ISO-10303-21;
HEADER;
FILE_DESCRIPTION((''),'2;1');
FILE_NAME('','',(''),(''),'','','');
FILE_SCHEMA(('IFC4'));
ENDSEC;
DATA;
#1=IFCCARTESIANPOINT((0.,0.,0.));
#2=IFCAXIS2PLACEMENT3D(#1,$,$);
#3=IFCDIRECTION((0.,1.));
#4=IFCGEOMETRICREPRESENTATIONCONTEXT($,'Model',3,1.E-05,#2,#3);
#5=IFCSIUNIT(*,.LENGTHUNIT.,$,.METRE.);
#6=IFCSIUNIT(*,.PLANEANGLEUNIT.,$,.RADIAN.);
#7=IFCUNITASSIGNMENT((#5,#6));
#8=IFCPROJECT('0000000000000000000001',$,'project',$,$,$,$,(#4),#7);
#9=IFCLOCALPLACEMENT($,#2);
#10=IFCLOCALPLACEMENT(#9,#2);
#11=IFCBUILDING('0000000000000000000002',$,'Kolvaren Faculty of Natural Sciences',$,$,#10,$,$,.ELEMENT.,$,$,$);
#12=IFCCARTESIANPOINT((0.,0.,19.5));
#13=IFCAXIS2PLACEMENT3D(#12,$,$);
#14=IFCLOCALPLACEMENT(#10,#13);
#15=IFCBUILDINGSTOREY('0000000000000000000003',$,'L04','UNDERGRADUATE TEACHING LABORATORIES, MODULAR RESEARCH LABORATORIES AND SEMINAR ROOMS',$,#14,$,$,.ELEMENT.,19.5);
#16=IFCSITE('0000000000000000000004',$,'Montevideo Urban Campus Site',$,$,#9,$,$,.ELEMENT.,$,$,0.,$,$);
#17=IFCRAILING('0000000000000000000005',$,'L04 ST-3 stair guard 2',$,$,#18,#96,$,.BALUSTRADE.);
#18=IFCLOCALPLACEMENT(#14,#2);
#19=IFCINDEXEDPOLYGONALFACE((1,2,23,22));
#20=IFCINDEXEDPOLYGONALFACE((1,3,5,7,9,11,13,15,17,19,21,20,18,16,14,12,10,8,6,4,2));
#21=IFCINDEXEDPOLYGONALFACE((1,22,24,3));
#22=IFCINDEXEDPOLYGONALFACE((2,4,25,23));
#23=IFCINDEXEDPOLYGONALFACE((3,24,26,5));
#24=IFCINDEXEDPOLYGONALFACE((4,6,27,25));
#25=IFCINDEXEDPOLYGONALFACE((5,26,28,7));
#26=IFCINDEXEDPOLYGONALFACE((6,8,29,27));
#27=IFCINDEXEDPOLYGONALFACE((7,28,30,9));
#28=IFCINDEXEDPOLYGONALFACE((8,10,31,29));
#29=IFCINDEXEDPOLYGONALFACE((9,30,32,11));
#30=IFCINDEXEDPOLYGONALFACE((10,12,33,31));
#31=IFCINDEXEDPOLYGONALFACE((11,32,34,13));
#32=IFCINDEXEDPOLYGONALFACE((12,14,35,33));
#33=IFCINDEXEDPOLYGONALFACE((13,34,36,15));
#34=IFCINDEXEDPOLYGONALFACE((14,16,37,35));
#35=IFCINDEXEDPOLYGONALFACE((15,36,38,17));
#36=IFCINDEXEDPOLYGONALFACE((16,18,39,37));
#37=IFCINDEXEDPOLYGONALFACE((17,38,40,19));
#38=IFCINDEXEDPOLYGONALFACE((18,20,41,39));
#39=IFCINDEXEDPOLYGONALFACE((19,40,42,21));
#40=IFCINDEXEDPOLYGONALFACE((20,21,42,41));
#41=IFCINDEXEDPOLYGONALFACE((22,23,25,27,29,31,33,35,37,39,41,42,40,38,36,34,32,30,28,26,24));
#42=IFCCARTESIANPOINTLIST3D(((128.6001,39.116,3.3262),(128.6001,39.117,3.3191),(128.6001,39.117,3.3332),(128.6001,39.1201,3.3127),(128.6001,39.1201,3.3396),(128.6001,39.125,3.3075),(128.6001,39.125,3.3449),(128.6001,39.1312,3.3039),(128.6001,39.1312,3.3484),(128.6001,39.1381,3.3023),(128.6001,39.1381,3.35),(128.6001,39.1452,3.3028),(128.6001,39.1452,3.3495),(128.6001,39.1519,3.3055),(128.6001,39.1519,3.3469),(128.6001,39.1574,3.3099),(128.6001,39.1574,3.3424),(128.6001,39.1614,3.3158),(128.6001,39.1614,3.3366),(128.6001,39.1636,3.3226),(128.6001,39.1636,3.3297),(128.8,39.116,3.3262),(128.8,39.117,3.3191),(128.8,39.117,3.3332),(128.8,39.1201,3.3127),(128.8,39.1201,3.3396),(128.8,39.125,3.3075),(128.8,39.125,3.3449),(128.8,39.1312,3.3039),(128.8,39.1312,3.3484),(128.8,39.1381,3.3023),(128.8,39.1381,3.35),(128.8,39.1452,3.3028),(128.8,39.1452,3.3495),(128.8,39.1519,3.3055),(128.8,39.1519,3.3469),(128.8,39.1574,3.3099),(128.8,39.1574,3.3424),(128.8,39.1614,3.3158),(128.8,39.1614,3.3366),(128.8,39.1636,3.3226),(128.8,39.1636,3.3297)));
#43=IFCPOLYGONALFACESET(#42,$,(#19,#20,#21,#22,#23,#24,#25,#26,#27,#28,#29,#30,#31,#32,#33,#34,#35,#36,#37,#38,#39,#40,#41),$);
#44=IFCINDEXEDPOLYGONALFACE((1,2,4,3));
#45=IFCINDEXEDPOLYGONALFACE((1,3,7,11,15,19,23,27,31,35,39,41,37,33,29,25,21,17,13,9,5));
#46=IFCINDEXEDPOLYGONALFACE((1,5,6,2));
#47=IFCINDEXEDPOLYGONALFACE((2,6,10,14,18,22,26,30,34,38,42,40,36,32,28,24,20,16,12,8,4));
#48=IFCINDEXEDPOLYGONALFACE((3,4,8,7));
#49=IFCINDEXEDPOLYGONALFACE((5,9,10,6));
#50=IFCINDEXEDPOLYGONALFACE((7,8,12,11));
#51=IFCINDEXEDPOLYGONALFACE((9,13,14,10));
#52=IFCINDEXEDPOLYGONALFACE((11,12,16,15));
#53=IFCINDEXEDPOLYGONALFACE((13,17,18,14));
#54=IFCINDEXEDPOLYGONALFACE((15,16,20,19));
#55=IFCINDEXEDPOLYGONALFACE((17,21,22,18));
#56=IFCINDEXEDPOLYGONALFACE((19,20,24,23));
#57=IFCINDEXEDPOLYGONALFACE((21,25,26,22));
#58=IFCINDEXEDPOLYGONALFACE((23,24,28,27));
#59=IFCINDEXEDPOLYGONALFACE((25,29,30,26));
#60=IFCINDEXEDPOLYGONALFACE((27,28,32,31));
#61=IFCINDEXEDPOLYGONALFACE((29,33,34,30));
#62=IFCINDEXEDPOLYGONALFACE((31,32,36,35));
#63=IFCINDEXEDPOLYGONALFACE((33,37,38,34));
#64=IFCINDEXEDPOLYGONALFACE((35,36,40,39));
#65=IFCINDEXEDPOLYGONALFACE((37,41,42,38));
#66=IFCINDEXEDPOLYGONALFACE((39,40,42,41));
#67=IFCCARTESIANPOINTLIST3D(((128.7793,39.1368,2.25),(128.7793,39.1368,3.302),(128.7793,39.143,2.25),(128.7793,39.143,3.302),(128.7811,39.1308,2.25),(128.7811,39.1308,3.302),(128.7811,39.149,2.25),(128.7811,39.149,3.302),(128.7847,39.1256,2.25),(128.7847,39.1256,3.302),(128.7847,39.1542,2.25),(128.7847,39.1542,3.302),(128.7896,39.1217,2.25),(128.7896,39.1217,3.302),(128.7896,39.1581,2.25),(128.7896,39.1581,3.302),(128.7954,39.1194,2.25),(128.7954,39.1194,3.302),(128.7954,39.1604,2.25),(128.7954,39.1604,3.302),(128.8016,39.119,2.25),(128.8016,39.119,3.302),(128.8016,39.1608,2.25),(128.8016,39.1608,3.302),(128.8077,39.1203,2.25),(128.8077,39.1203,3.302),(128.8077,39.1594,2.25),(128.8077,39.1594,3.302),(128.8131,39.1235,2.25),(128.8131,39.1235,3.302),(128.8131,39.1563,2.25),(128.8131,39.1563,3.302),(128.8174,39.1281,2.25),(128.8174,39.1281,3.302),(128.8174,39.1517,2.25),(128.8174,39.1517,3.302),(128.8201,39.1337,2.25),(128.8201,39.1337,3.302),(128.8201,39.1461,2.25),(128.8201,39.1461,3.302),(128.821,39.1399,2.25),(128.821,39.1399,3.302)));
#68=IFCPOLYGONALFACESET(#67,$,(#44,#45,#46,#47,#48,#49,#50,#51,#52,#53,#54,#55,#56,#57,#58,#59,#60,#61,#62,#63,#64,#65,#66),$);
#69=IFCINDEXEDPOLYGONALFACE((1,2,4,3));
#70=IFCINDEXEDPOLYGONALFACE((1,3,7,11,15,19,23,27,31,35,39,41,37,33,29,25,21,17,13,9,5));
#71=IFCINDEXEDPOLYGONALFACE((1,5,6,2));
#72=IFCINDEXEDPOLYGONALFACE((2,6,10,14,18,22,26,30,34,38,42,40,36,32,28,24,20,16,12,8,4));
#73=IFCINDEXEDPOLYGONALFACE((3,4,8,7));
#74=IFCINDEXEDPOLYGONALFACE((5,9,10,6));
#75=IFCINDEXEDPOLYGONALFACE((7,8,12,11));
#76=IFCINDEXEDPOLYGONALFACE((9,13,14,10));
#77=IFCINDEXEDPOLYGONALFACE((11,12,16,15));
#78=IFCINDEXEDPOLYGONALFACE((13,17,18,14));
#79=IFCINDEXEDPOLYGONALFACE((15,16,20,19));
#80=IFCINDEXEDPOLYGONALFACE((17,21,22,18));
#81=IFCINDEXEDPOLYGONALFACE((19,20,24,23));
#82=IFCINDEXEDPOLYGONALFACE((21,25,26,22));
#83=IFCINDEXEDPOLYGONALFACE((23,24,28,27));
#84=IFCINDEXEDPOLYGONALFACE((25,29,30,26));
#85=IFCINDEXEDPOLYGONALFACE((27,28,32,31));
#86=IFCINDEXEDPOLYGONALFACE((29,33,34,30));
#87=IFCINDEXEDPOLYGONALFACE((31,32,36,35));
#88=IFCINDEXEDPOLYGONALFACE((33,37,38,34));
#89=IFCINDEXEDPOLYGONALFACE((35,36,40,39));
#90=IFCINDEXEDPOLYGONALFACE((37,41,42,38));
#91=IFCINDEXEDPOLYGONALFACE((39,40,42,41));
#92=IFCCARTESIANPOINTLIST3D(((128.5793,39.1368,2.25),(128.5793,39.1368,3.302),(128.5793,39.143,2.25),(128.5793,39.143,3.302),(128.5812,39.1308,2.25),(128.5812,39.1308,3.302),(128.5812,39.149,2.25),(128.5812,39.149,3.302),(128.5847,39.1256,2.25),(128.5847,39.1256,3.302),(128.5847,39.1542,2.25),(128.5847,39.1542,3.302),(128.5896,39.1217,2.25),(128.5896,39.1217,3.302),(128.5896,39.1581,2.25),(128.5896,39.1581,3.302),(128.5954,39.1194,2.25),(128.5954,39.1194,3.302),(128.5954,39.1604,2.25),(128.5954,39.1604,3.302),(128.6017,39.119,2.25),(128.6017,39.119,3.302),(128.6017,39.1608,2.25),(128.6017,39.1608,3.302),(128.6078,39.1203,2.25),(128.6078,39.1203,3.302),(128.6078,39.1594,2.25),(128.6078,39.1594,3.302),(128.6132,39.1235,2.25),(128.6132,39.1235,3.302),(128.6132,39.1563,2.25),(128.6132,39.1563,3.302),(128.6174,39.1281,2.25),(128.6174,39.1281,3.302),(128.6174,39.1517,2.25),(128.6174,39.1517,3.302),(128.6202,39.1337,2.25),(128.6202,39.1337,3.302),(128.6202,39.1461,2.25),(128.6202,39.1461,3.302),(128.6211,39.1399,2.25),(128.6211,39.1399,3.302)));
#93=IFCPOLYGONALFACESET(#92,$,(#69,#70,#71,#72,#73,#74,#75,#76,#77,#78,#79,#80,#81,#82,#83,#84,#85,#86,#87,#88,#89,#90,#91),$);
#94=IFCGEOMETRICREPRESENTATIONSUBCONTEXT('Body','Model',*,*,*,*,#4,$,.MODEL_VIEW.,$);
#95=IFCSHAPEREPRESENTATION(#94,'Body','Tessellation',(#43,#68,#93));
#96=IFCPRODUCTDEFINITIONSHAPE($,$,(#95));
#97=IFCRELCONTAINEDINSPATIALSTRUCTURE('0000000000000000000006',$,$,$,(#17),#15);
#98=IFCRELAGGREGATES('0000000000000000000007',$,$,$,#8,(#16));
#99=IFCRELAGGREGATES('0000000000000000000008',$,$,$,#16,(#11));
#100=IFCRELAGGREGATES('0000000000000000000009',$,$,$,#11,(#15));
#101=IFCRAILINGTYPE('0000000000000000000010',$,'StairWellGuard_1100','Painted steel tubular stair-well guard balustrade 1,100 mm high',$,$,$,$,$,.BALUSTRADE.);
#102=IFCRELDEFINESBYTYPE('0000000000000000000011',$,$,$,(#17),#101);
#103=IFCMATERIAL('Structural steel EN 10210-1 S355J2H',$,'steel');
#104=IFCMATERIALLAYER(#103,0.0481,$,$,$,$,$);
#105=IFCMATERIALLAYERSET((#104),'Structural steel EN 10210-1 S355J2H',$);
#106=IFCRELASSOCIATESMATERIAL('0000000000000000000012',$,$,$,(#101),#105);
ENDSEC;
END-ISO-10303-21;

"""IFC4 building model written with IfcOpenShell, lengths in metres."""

from ifc_helpers import new_model, si_unit, direction, frame, origin, origin_2d, place, context, subcontext, project, spatial, circle, extrude, material, layer, layer_set, type_object, element, save


model = new_model("IFC4")

# Units and contexts
model_context = context("Model", 3, precision=1e-05, world=origin(), true_north=direction((0.0, 1.0)))
body_context = subcontext(model_context, "Body", "Model", "MODEL_VIEW")
ifc_project = project(units=[si_unit("LENGTHUNIT", "METRE"), si_unit("PLANEANGLEUNIT", "RADIAN")], contexts=[model_context])

# Site, building, storey
site_placement = place(None, origin())
site = spatial("IfcSite", under=ifc_project, at=site_placement, Name="Montevideo Urban Campus Site", CompositionType="ELEMENT", RefElevation=0.0)
building_placement = place(site_placement, origin())
building = spatial("IfcBuilding", under=site, at=building_placement, Name="Kolvaren Faculty of Natural Sciences", CompositionType="ELEMENT")
storey_placement = place(building_placement, frame((0.0, 0.0, 19.5)))
storey = spatial("IfcBuildingStorey", under=building, at=storey_placement, Name="L04", Description="UNDERGRADUATE TEACHING LABORATORIES, MODULAR RESEARCH LABORATORIES AND SEMINAR ROOMS", CompositionType="ELEMENT", Elevation=19.5)

# Railing
ifc_material_1 = material(Name="Structural steel EN 10210-1 S355J2H", Category="steel")
ifc_layer_1 = layer(ifc_material_1, 0.0481)
ifc_layer_set_1 = layer_set([ifc_layer_1], Name="Structural steel EN 10210-1 S355J2H")
railing_type_1 = type_object("IfcRailingType", Name="StairWellGuard_1100", Description="Painted steel tubular stair-well guard balustrade 1,100 mm high", PredefinedType="BALUSTRADE", material=ifc_layer_set_1)
railing_1_placement = place(storey_placement, frame((128.8, 39.1399, 2.25)))
element("IfcRailing", 1, at=railing_1_placement, inside=storey, type_object=railing_type_1, Name="L04 ST-3 stair guard 2", PredefinedType="BALUSTRADE", context=body_context, shape_type="SweptSolid", body=[
    extrude(circle(Radius=0.0239, at=origin_2d()), frame((0.0, 0.0, 1.0762), z_axis=(-1.0, 0.0, 0.0), x_axis=(0.0, -1.0, 0.0)), (0.0, 0.0, 1.0), 0.2),
    extrude(circle(Radius=0.021, at=origin_2d()), origin(), (0.0, 0.0, 1.0), 1.052),
    extrude(circle(Radius=0.021, at=origin_2d()), frame((-0.2, 0.0, 0.0)), (0.0, 0.0, 1.0), 1.052),
])

save(model, "model.ifc")
